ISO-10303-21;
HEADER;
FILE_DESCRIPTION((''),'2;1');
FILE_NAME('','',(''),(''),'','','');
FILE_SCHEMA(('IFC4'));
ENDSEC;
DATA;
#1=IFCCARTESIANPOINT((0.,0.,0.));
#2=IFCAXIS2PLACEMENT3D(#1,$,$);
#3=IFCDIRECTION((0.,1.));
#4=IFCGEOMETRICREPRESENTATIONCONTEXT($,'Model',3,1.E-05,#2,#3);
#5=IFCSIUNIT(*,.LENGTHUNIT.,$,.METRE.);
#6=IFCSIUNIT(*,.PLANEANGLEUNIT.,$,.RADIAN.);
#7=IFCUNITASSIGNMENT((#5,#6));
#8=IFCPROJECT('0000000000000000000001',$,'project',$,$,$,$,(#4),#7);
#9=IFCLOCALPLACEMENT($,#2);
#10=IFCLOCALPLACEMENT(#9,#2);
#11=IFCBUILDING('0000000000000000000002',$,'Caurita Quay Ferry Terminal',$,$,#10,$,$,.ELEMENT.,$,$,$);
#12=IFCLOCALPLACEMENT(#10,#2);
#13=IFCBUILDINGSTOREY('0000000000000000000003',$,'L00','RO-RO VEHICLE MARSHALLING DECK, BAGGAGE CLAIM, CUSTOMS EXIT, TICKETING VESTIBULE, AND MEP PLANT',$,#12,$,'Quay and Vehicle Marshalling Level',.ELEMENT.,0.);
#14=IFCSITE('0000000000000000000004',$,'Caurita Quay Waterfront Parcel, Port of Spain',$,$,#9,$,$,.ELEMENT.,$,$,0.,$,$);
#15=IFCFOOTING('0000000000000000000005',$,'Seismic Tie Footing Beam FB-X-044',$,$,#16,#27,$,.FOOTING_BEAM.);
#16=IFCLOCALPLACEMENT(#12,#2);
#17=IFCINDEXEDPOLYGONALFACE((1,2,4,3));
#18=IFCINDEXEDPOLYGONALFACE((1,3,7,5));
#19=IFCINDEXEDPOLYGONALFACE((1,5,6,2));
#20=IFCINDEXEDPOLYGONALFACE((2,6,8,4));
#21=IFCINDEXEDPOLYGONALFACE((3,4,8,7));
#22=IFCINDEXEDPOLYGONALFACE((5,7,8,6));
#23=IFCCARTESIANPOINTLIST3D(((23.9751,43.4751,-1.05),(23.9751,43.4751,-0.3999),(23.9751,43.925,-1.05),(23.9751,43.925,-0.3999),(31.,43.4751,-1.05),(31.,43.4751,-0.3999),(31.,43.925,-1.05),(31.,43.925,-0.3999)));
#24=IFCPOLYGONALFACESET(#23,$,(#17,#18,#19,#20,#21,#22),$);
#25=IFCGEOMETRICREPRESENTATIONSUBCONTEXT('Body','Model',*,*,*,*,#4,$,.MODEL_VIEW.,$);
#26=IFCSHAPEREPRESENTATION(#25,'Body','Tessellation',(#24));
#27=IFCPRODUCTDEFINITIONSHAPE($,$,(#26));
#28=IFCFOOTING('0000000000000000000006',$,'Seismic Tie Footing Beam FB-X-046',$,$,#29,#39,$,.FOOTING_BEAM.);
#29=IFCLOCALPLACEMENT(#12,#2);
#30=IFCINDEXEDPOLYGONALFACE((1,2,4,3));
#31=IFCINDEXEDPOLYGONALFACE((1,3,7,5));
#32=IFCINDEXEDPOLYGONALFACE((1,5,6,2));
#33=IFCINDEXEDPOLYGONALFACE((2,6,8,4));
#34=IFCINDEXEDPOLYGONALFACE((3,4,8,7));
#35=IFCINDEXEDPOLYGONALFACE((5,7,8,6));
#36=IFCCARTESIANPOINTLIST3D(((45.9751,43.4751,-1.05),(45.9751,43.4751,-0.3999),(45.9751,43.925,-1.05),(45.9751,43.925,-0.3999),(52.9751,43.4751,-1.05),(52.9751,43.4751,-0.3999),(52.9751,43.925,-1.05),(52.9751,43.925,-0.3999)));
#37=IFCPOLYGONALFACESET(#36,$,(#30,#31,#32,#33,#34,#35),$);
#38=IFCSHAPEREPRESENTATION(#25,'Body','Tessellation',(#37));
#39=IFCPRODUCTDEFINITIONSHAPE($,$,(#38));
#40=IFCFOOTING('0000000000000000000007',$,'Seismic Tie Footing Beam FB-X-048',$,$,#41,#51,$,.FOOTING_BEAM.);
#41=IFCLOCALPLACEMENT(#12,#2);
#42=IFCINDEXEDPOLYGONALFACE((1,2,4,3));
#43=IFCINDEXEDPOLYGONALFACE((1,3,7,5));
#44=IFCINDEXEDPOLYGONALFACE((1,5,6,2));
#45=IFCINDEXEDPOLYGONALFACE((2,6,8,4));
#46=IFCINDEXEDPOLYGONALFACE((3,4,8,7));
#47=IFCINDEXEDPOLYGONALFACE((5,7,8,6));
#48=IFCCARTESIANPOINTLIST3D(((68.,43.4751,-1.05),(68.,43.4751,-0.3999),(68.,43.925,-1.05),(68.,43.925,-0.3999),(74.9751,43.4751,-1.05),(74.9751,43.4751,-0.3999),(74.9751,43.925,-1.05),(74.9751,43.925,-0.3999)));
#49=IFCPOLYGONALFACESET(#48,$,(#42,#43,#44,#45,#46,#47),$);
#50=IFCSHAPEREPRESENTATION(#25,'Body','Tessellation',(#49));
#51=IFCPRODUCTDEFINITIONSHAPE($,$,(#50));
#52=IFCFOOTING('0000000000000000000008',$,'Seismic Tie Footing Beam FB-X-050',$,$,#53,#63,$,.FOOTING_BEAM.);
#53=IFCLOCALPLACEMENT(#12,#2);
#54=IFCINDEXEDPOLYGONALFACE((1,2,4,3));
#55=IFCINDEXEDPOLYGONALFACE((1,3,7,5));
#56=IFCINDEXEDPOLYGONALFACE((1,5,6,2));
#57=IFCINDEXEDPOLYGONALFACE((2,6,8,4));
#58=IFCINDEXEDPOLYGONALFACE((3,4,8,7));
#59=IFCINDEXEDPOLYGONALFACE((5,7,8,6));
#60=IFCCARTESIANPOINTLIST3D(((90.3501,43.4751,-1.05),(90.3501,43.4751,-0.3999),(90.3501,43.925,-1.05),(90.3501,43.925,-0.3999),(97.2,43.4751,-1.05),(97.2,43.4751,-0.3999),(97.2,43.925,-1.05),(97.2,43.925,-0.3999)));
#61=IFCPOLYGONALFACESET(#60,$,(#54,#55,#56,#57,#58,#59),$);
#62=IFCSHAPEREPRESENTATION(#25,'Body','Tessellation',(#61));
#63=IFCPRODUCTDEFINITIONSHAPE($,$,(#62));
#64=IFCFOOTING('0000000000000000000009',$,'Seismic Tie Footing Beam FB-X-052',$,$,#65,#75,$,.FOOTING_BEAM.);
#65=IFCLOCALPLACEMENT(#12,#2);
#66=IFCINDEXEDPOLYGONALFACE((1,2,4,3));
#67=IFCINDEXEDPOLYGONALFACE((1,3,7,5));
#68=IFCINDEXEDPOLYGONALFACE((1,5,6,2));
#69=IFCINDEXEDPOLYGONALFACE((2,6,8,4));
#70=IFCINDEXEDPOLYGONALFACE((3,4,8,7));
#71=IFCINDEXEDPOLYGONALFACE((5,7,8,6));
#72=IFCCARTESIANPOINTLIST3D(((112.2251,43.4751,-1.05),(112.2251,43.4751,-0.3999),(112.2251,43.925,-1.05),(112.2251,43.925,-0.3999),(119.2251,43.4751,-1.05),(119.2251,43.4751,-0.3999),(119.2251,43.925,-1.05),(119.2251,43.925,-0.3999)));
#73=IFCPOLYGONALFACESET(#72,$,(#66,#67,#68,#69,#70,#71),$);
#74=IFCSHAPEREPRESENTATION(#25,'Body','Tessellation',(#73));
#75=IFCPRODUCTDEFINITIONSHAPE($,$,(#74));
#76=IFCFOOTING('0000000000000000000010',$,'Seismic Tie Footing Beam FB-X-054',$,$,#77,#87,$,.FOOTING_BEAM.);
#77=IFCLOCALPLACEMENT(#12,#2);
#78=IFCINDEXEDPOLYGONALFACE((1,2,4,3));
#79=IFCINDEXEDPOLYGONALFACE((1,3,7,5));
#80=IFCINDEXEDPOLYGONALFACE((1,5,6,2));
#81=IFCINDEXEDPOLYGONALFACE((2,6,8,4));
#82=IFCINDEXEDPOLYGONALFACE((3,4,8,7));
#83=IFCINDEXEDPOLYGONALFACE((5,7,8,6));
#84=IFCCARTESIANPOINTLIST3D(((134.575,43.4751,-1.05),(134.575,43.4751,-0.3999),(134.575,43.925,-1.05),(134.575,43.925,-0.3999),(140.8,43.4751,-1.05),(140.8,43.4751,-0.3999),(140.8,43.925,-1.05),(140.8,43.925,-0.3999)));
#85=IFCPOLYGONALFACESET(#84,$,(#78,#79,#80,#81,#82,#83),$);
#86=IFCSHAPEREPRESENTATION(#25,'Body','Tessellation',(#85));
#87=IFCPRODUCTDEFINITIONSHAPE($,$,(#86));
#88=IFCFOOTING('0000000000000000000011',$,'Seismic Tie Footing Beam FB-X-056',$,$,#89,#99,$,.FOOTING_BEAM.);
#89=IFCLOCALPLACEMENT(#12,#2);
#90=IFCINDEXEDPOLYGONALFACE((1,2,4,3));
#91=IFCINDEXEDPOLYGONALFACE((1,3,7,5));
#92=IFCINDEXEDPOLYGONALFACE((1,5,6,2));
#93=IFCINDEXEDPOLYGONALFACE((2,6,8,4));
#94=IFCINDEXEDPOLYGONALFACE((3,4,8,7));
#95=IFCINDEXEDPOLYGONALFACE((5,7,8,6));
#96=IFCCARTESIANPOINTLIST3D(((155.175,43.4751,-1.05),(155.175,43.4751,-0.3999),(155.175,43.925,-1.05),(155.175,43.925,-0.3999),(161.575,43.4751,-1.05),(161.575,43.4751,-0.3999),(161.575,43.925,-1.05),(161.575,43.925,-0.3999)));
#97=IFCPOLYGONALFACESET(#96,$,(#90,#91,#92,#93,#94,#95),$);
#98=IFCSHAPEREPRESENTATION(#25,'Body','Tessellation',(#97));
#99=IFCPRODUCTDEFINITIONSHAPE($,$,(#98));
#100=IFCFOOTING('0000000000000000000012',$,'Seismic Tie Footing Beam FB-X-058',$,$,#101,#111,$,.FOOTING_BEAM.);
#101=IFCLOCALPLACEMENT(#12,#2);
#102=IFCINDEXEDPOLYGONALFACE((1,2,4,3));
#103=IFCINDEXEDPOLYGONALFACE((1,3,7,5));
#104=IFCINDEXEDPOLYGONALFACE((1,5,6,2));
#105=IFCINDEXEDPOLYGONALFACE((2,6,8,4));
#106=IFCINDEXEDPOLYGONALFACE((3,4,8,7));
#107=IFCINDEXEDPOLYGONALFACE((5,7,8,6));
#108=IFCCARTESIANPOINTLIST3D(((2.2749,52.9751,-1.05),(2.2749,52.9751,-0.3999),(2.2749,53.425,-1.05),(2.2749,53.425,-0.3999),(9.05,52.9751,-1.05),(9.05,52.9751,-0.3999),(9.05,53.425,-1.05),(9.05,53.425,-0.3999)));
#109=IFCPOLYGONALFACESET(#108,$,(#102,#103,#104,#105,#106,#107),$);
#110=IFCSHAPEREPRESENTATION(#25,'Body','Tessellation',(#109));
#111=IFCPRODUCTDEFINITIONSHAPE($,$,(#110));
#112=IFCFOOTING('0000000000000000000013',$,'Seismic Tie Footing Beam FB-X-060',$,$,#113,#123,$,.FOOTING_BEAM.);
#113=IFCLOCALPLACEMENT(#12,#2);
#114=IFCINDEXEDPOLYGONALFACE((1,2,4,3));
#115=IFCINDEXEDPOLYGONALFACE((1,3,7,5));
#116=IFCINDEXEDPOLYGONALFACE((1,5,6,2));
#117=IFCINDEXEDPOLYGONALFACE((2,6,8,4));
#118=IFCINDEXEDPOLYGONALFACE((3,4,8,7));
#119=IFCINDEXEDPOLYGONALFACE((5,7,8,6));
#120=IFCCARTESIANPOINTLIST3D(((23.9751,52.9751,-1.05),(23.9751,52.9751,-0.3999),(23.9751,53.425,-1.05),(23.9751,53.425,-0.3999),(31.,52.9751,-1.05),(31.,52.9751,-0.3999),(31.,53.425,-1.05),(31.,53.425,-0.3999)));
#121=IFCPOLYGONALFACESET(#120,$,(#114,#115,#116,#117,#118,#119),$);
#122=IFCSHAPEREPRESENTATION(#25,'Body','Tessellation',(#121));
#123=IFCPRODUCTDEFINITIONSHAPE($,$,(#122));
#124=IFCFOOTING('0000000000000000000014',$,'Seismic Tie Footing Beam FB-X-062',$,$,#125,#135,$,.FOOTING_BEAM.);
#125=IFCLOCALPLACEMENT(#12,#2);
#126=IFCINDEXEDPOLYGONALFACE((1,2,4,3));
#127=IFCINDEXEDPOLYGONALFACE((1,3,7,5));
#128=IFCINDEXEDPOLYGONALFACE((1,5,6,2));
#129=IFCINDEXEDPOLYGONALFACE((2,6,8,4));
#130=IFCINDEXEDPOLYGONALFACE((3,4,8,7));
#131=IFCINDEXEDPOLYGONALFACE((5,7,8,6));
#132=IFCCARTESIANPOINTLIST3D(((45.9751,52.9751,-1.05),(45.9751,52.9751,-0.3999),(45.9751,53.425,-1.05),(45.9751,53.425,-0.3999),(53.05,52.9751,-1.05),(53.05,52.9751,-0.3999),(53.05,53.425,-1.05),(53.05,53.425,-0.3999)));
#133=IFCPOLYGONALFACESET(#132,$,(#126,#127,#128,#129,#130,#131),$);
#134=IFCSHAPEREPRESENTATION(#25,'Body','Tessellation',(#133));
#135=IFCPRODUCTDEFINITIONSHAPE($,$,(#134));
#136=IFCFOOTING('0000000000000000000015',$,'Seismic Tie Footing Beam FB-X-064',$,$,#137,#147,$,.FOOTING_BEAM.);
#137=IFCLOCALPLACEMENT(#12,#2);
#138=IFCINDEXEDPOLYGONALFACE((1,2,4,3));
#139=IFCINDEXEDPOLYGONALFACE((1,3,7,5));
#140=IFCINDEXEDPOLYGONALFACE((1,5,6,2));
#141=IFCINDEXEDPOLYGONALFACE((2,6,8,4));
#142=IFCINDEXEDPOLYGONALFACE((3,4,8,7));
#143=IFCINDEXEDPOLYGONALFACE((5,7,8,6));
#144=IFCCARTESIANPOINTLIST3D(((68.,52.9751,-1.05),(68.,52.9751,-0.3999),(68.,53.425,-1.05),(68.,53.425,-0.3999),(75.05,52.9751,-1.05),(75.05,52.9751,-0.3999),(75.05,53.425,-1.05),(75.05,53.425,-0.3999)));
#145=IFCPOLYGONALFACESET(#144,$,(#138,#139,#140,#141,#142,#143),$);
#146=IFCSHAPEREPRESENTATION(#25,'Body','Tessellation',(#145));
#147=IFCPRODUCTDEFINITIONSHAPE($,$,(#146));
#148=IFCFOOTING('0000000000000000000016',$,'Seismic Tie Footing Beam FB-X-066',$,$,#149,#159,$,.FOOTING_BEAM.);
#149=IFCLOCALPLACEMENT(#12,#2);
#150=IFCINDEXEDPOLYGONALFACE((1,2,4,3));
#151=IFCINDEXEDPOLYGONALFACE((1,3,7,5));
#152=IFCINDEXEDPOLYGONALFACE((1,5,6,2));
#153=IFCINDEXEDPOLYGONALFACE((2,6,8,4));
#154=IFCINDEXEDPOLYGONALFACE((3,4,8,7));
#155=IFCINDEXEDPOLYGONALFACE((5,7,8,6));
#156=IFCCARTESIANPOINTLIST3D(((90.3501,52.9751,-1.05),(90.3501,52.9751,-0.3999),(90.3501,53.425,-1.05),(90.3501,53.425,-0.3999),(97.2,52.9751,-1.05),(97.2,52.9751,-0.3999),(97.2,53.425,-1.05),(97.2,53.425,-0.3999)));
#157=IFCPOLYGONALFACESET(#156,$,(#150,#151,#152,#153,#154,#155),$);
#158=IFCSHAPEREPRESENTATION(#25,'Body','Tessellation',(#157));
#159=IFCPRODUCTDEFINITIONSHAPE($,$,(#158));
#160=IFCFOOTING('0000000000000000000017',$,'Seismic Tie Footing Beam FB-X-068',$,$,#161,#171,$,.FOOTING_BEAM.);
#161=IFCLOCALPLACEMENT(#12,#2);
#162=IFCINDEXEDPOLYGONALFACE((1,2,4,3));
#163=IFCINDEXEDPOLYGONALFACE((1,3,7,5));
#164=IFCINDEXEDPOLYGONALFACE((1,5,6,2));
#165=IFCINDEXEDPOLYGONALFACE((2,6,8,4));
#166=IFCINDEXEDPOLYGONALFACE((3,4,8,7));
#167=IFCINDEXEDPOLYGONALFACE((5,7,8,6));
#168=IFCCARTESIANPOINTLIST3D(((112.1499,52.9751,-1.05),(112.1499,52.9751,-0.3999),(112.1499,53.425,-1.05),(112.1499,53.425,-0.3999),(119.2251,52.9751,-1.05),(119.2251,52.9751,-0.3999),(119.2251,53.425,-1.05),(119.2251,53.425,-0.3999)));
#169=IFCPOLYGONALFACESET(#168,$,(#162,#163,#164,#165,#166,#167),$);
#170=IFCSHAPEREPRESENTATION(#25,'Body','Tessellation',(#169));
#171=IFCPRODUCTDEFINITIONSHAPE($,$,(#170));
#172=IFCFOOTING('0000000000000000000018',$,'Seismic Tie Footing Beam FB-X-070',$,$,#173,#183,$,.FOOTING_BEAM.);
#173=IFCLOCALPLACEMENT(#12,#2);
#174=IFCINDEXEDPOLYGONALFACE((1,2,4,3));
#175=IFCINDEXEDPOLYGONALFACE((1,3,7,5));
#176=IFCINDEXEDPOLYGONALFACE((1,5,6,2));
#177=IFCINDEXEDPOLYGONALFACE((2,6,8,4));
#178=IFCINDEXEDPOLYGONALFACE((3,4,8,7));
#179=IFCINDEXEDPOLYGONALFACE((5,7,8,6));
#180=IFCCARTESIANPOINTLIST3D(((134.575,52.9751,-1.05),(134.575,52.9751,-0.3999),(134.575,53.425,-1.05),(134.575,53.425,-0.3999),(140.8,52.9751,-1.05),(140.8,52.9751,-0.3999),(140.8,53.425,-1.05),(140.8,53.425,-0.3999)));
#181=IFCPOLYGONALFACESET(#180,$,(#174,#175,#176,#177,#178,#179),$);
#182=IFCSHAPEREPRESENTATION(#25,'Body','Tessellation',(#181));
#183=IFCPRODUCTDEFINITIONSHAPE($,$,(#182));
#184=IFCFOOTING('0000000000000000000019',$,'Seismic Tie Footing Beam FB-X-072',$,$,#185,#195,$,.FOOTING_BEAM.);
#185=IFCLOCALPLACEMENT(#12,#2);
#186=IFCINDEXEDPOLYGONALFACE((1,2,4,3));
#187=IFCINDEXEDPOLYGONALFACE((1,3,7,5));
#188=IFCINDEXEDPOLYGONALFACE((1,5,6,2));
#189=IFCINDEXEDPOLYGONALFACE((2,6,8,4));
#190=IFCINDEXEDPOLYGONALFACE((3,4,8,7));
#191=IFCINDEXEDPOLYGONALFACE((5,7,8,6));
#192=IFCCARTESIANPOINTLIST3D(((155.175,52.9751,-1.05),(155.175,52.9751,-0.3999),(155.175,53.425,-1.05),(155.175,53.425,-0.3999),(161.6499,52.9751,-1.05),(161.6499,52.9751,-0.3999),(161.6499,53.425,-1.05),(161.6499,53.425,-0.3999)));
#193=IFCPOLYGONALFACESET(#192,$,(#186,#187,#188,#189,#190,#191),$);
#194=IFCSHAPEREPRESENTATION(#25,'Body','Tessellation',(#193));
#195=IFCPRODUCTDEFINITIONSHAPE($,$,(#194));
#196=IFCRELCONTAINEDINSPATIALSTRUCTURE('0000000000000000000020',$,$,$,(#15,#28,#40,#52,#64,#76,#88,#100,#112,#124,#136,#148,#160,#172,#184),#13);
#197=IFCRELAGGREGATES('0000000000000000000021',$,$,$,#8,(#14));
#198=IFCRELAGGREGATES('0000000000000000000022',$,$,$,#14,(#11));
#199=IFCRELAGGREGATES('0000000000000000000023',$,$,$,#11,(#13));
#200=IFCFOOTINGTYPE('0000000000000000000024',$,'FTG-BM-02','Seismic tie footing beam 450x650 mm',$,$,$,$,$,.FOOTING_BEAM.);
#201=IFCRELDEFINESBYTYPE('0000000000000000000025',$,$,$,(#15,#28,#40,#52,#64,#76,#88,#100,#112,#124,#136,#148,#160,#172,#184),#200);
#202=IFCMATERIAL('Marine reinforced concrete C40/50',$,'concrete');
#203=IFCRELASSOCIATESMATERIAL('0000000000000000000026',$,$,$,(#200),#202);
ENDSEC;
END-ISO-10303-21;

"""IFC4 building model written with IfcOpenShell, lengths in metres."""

from ifc_helpers import new_model, si_unit, direction, frame, origin, place, context, subcontext, project, spatial, polyline, outline, extrude, material, type_object, element, save


model = new_model("IFC4")

# Units and contexts
model_context = context("Model", 3, precision=1e-05, world=origin(), true_north=direction((0.0, 1.0)))
body_context = subcontext(model_context, "Body", "Model", "MODEL_VIEW")
ifc_project = project(units=[si_unit("LENGTHUNIT", "METRE"), si_unit("PLANEANGLEUNIT", "RADIAN")], contexts=[model_context])

# Site, building, storey
site_placement = place(None, origin())
site = spatial("IfcSite", under=ifc_project, at=site_placement, Name="Caurita Quay Waterfront Parcel, Port of Spain", CompositionType="ELEMENT", RefElevation=0.0)
building_placement = place(site_placement, origin())
building = spatial("IfcBuilding", under=site, at=building_placement, Name="Caurita Quay Ferry Terminal", CompositionType="ELEMENT")
storey_placement = place(building_placement, origin())
storey = spatial("IfcBuildingStorey", under=building, at=storey_placement, Name="L00", Description="RO-RO VEHICLE MARSHALLING DECK, BAGGAGE CLAIM, CUSTOMS EXIT, TICKETING VESTIBULE, AND MEP PLANT", LongName="Quay and Vehicle Marshalling Level", CompositionType="ELEMENT", Elevation=0.0)

# Footings
ifc_material = material(Name="Marine reinforced concrete C40/50", Category="concrete")
footing_type = type_object("IfcFootingType", Name="FTG-BM-02", Description="Seismic tie footing beam 450x650 mm", PredefinedType="FOOTING_BEAM", material=ifc_material)
footing_1_placement = place(storey_placement, frame((0.0, 0.0, -1.05)))
element("IfcFooting", 1, at=footing_1_placement, inside=storey, type_object=footing_type, Name="Seismic Tie Footing Beam FB-X-044", PredefinedType="FOOTING_BEAM", context=body_context, shape_type="SweptSolid", body=[
    extrude(outline(polyline([(23.9751, 43.4751), (31.0, 43.4751), (31.0, 43.925), (23.9751, 43.925), (23.9751, 43.4751)])), origin(), (0.0, 0.0, 1.0), 0.6501),
])
footing_2_placement = place(storey_placement, frame((0.0, 0.0, -1.05)))
element("IfcFooting", 2, at=footing_2_placement, inside=storey, type_object=footing_type, Name="Seismic Tie Footing Beam FB-X-046", PredefinedType="FOOTING_BEAM", context=body_context, shape_type="SweptSolid", body=[
    extrude(outline(polyline([(45.9751, 43.4751), (52.9751, 43.4751), (52.9751, 43.925), (45.9751, 43.925), (45.9751, 43.4751)])), origin(), (0.0, 0.0, 1.0), 0.6501),
])
footing_3_placement = place(storey_placement, frame((0.0, 0.0, -1.05)))
element("IfcFooting", 3, at=footing_3_placement, inside=storey, type_object=footing_type, Name="Seismic Tie Footing Beam FB-X-048", PredefinedType="FOOTING_BEAM", context=body_context, shape_type="SweptSolid", body=[
    extrude(outline(polyline([(68.0, 43.4751), (74.9751, 43.4751), (74.9751, 43.925), (68.0, 43.925), (68.0, 43.4751)])), origin(), (0.0, 0.0, 1.0), 0.6501),
])
footing_4_placement = place(storey_placement, frame((0.0, 0.0, -1.05)))
element("IfcFooting", 4, at=footing_4_placement, inside=storey, type_object=footing_type, Name="Seismic Tie Footing Beam FB-X-050", PredefinedType="FOOTING_BEAM", context=body_context, shape_type="SweptSolid", body=[
    extrude(outline(polyline([(90.3501, 43.4751), (97.2, 43.4751), (97.2, 43.925), (90.3501, 43.925), (90.3501, 43.4751)])), origin(), (0.0, 0.0, 1.0), 0.6501),
])
footing_5_placement = place(storey_placement, frame((0.0, 0.0, -1.05)))
element("IfcFooting", 5, at=footing_5_placement, inside=storey, type_object=footing_type, Name="Seismic Tie Footing Beam FB-X-052", PredefinedType="FOOTING_BEAM", context=body_context, shape_type="SweptSolid", body=[
    extrude(outline(polyline([(112.2251, 43.4751), (119.2251, 43.4751), (119.2251, 43.925), (112.2251, 43.925), (112.2251, 43.4751)])), origin(), (0.0, 0.0, 1.0), 0.6501),
])
footing_6_placement = place(storey_placement, frame((0.0, 0.0, -1.05)))
element("IfcFooting", 6, at=footing_6_placement, inside=storey, type_object=footing_type, Name="Seismic Tie Footing Beam FB-X-054", PredefinedType="FOOTING_BEAM", context=body_context, shape_type="SweptSolid", body=[
    extrude(outline(polyline([(134.575, 43.4751), (140.8, 43.4751), (140.8, 43.925), (134.575, 43.925), (134.575, 43.4751)])), origin(), (0.0, 0.0, 1.0), 0.6501),
])
footing_7_placement = place(storey_placement, frame((0.0, 0.0, -1.05)))
element("IfcFooting", 7, at=footing_7_placement, inside=storey, type_object=footing_type, Name="Seismic Tie Footing Beam FB-X-056", PredefinedType="FOOTING_BEAM", context=body_context, shape_type="SweptSolid", body=[
    extrude(outline(polyline([(155.175, 43.4751), (161.575, 43.4751), (161.575, 43.925), (155.175, 43.925), (155.175, 43.4751)])), origin(), (0.0, 0.0, 1.0), 0.6501),
])
footing_8_placement = place(storey_placement, frame((0.0, 0.0, -1.05)))
element("IfcFooting", 8, at=footing_8_placement, inside=storey, type_object=footing_type, Name="Seismic Tie Footing Beam FB-X-058", PredefinedType="FOOTING_BEAM", context=body_context, shape_type="SweptSolid", body=[
    extrude(outline(polyline([(2.2749, 52.9751), (9.05, 52.9751), (9.05, 53.425), (2.2749, 53.425), (2.2749, 52.9751)])), origin(), (0.0, 0.0, 1.0), 0.6501),
])
footing_9_placement = place(storey_placement, frame((0.0, 0.0, -1.05)))
element("IfcFooting", 9, at=footing_9_placement, inside=storey, type_object=footing_type, Name="Seismic Tie Footing Beam FB-X-060", PredefinedType="FOOTING_BEAM", context=body_context, shape_type="SweptSolid", body=[
    extrude(outline(polyline([(23.9751, 52.9751), (31.0, 52.9751), (31.0, 53.425), (23.9751, 53.425), (23.9751, 52.9751)])), origin(), (0.0, 0.0, 1.0), 0.6501),
])
footing_10_placement = place(storey_placement, frame((0.0, 0.0, -1.05)))
element("IfcFooting", 10, at=footing_10_placement, inside=storey, type_object=footing_type, Name="Seismic Tie Footing Beam FB-X-062", PredefinedType="FOOTING_BEAM", context=body_context, shape_type="SweptSolid", body=[
    extrude(outline(polyline([(45.9751, 52.9751), (53.05, 52.9751), (53.05, 53.425), (45.9751, 53.425), (45.9751, 52.9751)])), origin(), (0.0, 0.0, 1.0), 0.6501),
])
footing_11_placement = place(storey_placement, frame((0.0, 0.0, -1.05)))
element("IfcFooting", 11, at=footing_11_placement, inside=storey, type_object=footing_type, Name="Seismic Tie Footing Beam FB-X-064", PredefinedType="FOOTING_BEAM", context=body_context, shape_type="SweptSolid", body=[
    extrude(outline(polyline([(68.0, 52.9751), (75.05, 52.9751), (75.05, 53.425), (68.0, 53.425), (68.0, 52.9751)])), origin(), (0.0, 0.0, 1.0), 0.6501),
])
footing_12_placement = place(storey_placement, frame((0.0, 0.0, -1.05)))
element("IfcFooting", 12, at=footing_12_placement, inside=storey, type_object=footing_type, Name="Seismic Tie Footing Beam FB-X-066", PredefinedType="FOOTING_BEAM", context=body_context, shape_type="SweptSolid", body=[
    extrude(outline(polyline([(90.3501, 52.9751), (97.2, 52.9751), (97.2, 53.425), (90.3501, 53.425), (90.3501, 52.9751)])), origin(), (0.0, 0.0, 1.0), 0.6501),
])
footing_13_placement = place(storey_placement, frame((0.0, 0.0, -1.05)))
element("IfcFooting", 13, at=footing_13_placement, inside=storey, type_object=footing_type, Name="Seismic Tie Footing Beam FB-X-068", PredefinedType="FOOTING_BEAM", context=body_context, shape_type="SweptSolid", body=[
    extrude(outline(polyline([(112.1499, 52.9751), (119.2251, 52.9751), (119.2251, 53.425), (112.1499, 53.425), (112.1499, 52.9751)])), origin(), (0.0, 0.0, 1.0), 0.6501),
])
footing_14_placement = place(storey_placement, frame((0.0, 0.0, -1.05)))
element("IfcFooting", 14, at=footing_14_placement, inside=storey, type_object=footing_type, Name="Seismic Tie Footing Beam FB-X-070", PredefinedType="FOOTING_BEAM", context=body_context, shape_type="SweptSolid", body=[
    extrude(outline(polyline([(134.575, 52.9751), (140.8, 52.9751), (140.8, 53.425), (134.575, 53.425), (134.575, 52.9751)])), origin(), (0.0, 0.0, 1.0), 0.6501),
])
footing_15_placement = place(storey_placement, frame((0.0, 0.0, -1.05)))
element("IfcFooting", 15, at=footing_15_placement, inside=storey, type_object=footing_type, Name="Seismic Tie Footing Beam FB-X-072", PredefinedType="FOOTING_BEAM", context=body_context, shape_type="SweptSolid", body=[
    extrude(outline(polyline([(155.175, 52.9751), (161.6499, 52.9751), (161.6499, 53.425), (155.175, 53.425), (155.175, 52.9751)])), origin(), (0.0, 0.0, 1.0), 0.6501),
])

save(model, "model.ifc")
